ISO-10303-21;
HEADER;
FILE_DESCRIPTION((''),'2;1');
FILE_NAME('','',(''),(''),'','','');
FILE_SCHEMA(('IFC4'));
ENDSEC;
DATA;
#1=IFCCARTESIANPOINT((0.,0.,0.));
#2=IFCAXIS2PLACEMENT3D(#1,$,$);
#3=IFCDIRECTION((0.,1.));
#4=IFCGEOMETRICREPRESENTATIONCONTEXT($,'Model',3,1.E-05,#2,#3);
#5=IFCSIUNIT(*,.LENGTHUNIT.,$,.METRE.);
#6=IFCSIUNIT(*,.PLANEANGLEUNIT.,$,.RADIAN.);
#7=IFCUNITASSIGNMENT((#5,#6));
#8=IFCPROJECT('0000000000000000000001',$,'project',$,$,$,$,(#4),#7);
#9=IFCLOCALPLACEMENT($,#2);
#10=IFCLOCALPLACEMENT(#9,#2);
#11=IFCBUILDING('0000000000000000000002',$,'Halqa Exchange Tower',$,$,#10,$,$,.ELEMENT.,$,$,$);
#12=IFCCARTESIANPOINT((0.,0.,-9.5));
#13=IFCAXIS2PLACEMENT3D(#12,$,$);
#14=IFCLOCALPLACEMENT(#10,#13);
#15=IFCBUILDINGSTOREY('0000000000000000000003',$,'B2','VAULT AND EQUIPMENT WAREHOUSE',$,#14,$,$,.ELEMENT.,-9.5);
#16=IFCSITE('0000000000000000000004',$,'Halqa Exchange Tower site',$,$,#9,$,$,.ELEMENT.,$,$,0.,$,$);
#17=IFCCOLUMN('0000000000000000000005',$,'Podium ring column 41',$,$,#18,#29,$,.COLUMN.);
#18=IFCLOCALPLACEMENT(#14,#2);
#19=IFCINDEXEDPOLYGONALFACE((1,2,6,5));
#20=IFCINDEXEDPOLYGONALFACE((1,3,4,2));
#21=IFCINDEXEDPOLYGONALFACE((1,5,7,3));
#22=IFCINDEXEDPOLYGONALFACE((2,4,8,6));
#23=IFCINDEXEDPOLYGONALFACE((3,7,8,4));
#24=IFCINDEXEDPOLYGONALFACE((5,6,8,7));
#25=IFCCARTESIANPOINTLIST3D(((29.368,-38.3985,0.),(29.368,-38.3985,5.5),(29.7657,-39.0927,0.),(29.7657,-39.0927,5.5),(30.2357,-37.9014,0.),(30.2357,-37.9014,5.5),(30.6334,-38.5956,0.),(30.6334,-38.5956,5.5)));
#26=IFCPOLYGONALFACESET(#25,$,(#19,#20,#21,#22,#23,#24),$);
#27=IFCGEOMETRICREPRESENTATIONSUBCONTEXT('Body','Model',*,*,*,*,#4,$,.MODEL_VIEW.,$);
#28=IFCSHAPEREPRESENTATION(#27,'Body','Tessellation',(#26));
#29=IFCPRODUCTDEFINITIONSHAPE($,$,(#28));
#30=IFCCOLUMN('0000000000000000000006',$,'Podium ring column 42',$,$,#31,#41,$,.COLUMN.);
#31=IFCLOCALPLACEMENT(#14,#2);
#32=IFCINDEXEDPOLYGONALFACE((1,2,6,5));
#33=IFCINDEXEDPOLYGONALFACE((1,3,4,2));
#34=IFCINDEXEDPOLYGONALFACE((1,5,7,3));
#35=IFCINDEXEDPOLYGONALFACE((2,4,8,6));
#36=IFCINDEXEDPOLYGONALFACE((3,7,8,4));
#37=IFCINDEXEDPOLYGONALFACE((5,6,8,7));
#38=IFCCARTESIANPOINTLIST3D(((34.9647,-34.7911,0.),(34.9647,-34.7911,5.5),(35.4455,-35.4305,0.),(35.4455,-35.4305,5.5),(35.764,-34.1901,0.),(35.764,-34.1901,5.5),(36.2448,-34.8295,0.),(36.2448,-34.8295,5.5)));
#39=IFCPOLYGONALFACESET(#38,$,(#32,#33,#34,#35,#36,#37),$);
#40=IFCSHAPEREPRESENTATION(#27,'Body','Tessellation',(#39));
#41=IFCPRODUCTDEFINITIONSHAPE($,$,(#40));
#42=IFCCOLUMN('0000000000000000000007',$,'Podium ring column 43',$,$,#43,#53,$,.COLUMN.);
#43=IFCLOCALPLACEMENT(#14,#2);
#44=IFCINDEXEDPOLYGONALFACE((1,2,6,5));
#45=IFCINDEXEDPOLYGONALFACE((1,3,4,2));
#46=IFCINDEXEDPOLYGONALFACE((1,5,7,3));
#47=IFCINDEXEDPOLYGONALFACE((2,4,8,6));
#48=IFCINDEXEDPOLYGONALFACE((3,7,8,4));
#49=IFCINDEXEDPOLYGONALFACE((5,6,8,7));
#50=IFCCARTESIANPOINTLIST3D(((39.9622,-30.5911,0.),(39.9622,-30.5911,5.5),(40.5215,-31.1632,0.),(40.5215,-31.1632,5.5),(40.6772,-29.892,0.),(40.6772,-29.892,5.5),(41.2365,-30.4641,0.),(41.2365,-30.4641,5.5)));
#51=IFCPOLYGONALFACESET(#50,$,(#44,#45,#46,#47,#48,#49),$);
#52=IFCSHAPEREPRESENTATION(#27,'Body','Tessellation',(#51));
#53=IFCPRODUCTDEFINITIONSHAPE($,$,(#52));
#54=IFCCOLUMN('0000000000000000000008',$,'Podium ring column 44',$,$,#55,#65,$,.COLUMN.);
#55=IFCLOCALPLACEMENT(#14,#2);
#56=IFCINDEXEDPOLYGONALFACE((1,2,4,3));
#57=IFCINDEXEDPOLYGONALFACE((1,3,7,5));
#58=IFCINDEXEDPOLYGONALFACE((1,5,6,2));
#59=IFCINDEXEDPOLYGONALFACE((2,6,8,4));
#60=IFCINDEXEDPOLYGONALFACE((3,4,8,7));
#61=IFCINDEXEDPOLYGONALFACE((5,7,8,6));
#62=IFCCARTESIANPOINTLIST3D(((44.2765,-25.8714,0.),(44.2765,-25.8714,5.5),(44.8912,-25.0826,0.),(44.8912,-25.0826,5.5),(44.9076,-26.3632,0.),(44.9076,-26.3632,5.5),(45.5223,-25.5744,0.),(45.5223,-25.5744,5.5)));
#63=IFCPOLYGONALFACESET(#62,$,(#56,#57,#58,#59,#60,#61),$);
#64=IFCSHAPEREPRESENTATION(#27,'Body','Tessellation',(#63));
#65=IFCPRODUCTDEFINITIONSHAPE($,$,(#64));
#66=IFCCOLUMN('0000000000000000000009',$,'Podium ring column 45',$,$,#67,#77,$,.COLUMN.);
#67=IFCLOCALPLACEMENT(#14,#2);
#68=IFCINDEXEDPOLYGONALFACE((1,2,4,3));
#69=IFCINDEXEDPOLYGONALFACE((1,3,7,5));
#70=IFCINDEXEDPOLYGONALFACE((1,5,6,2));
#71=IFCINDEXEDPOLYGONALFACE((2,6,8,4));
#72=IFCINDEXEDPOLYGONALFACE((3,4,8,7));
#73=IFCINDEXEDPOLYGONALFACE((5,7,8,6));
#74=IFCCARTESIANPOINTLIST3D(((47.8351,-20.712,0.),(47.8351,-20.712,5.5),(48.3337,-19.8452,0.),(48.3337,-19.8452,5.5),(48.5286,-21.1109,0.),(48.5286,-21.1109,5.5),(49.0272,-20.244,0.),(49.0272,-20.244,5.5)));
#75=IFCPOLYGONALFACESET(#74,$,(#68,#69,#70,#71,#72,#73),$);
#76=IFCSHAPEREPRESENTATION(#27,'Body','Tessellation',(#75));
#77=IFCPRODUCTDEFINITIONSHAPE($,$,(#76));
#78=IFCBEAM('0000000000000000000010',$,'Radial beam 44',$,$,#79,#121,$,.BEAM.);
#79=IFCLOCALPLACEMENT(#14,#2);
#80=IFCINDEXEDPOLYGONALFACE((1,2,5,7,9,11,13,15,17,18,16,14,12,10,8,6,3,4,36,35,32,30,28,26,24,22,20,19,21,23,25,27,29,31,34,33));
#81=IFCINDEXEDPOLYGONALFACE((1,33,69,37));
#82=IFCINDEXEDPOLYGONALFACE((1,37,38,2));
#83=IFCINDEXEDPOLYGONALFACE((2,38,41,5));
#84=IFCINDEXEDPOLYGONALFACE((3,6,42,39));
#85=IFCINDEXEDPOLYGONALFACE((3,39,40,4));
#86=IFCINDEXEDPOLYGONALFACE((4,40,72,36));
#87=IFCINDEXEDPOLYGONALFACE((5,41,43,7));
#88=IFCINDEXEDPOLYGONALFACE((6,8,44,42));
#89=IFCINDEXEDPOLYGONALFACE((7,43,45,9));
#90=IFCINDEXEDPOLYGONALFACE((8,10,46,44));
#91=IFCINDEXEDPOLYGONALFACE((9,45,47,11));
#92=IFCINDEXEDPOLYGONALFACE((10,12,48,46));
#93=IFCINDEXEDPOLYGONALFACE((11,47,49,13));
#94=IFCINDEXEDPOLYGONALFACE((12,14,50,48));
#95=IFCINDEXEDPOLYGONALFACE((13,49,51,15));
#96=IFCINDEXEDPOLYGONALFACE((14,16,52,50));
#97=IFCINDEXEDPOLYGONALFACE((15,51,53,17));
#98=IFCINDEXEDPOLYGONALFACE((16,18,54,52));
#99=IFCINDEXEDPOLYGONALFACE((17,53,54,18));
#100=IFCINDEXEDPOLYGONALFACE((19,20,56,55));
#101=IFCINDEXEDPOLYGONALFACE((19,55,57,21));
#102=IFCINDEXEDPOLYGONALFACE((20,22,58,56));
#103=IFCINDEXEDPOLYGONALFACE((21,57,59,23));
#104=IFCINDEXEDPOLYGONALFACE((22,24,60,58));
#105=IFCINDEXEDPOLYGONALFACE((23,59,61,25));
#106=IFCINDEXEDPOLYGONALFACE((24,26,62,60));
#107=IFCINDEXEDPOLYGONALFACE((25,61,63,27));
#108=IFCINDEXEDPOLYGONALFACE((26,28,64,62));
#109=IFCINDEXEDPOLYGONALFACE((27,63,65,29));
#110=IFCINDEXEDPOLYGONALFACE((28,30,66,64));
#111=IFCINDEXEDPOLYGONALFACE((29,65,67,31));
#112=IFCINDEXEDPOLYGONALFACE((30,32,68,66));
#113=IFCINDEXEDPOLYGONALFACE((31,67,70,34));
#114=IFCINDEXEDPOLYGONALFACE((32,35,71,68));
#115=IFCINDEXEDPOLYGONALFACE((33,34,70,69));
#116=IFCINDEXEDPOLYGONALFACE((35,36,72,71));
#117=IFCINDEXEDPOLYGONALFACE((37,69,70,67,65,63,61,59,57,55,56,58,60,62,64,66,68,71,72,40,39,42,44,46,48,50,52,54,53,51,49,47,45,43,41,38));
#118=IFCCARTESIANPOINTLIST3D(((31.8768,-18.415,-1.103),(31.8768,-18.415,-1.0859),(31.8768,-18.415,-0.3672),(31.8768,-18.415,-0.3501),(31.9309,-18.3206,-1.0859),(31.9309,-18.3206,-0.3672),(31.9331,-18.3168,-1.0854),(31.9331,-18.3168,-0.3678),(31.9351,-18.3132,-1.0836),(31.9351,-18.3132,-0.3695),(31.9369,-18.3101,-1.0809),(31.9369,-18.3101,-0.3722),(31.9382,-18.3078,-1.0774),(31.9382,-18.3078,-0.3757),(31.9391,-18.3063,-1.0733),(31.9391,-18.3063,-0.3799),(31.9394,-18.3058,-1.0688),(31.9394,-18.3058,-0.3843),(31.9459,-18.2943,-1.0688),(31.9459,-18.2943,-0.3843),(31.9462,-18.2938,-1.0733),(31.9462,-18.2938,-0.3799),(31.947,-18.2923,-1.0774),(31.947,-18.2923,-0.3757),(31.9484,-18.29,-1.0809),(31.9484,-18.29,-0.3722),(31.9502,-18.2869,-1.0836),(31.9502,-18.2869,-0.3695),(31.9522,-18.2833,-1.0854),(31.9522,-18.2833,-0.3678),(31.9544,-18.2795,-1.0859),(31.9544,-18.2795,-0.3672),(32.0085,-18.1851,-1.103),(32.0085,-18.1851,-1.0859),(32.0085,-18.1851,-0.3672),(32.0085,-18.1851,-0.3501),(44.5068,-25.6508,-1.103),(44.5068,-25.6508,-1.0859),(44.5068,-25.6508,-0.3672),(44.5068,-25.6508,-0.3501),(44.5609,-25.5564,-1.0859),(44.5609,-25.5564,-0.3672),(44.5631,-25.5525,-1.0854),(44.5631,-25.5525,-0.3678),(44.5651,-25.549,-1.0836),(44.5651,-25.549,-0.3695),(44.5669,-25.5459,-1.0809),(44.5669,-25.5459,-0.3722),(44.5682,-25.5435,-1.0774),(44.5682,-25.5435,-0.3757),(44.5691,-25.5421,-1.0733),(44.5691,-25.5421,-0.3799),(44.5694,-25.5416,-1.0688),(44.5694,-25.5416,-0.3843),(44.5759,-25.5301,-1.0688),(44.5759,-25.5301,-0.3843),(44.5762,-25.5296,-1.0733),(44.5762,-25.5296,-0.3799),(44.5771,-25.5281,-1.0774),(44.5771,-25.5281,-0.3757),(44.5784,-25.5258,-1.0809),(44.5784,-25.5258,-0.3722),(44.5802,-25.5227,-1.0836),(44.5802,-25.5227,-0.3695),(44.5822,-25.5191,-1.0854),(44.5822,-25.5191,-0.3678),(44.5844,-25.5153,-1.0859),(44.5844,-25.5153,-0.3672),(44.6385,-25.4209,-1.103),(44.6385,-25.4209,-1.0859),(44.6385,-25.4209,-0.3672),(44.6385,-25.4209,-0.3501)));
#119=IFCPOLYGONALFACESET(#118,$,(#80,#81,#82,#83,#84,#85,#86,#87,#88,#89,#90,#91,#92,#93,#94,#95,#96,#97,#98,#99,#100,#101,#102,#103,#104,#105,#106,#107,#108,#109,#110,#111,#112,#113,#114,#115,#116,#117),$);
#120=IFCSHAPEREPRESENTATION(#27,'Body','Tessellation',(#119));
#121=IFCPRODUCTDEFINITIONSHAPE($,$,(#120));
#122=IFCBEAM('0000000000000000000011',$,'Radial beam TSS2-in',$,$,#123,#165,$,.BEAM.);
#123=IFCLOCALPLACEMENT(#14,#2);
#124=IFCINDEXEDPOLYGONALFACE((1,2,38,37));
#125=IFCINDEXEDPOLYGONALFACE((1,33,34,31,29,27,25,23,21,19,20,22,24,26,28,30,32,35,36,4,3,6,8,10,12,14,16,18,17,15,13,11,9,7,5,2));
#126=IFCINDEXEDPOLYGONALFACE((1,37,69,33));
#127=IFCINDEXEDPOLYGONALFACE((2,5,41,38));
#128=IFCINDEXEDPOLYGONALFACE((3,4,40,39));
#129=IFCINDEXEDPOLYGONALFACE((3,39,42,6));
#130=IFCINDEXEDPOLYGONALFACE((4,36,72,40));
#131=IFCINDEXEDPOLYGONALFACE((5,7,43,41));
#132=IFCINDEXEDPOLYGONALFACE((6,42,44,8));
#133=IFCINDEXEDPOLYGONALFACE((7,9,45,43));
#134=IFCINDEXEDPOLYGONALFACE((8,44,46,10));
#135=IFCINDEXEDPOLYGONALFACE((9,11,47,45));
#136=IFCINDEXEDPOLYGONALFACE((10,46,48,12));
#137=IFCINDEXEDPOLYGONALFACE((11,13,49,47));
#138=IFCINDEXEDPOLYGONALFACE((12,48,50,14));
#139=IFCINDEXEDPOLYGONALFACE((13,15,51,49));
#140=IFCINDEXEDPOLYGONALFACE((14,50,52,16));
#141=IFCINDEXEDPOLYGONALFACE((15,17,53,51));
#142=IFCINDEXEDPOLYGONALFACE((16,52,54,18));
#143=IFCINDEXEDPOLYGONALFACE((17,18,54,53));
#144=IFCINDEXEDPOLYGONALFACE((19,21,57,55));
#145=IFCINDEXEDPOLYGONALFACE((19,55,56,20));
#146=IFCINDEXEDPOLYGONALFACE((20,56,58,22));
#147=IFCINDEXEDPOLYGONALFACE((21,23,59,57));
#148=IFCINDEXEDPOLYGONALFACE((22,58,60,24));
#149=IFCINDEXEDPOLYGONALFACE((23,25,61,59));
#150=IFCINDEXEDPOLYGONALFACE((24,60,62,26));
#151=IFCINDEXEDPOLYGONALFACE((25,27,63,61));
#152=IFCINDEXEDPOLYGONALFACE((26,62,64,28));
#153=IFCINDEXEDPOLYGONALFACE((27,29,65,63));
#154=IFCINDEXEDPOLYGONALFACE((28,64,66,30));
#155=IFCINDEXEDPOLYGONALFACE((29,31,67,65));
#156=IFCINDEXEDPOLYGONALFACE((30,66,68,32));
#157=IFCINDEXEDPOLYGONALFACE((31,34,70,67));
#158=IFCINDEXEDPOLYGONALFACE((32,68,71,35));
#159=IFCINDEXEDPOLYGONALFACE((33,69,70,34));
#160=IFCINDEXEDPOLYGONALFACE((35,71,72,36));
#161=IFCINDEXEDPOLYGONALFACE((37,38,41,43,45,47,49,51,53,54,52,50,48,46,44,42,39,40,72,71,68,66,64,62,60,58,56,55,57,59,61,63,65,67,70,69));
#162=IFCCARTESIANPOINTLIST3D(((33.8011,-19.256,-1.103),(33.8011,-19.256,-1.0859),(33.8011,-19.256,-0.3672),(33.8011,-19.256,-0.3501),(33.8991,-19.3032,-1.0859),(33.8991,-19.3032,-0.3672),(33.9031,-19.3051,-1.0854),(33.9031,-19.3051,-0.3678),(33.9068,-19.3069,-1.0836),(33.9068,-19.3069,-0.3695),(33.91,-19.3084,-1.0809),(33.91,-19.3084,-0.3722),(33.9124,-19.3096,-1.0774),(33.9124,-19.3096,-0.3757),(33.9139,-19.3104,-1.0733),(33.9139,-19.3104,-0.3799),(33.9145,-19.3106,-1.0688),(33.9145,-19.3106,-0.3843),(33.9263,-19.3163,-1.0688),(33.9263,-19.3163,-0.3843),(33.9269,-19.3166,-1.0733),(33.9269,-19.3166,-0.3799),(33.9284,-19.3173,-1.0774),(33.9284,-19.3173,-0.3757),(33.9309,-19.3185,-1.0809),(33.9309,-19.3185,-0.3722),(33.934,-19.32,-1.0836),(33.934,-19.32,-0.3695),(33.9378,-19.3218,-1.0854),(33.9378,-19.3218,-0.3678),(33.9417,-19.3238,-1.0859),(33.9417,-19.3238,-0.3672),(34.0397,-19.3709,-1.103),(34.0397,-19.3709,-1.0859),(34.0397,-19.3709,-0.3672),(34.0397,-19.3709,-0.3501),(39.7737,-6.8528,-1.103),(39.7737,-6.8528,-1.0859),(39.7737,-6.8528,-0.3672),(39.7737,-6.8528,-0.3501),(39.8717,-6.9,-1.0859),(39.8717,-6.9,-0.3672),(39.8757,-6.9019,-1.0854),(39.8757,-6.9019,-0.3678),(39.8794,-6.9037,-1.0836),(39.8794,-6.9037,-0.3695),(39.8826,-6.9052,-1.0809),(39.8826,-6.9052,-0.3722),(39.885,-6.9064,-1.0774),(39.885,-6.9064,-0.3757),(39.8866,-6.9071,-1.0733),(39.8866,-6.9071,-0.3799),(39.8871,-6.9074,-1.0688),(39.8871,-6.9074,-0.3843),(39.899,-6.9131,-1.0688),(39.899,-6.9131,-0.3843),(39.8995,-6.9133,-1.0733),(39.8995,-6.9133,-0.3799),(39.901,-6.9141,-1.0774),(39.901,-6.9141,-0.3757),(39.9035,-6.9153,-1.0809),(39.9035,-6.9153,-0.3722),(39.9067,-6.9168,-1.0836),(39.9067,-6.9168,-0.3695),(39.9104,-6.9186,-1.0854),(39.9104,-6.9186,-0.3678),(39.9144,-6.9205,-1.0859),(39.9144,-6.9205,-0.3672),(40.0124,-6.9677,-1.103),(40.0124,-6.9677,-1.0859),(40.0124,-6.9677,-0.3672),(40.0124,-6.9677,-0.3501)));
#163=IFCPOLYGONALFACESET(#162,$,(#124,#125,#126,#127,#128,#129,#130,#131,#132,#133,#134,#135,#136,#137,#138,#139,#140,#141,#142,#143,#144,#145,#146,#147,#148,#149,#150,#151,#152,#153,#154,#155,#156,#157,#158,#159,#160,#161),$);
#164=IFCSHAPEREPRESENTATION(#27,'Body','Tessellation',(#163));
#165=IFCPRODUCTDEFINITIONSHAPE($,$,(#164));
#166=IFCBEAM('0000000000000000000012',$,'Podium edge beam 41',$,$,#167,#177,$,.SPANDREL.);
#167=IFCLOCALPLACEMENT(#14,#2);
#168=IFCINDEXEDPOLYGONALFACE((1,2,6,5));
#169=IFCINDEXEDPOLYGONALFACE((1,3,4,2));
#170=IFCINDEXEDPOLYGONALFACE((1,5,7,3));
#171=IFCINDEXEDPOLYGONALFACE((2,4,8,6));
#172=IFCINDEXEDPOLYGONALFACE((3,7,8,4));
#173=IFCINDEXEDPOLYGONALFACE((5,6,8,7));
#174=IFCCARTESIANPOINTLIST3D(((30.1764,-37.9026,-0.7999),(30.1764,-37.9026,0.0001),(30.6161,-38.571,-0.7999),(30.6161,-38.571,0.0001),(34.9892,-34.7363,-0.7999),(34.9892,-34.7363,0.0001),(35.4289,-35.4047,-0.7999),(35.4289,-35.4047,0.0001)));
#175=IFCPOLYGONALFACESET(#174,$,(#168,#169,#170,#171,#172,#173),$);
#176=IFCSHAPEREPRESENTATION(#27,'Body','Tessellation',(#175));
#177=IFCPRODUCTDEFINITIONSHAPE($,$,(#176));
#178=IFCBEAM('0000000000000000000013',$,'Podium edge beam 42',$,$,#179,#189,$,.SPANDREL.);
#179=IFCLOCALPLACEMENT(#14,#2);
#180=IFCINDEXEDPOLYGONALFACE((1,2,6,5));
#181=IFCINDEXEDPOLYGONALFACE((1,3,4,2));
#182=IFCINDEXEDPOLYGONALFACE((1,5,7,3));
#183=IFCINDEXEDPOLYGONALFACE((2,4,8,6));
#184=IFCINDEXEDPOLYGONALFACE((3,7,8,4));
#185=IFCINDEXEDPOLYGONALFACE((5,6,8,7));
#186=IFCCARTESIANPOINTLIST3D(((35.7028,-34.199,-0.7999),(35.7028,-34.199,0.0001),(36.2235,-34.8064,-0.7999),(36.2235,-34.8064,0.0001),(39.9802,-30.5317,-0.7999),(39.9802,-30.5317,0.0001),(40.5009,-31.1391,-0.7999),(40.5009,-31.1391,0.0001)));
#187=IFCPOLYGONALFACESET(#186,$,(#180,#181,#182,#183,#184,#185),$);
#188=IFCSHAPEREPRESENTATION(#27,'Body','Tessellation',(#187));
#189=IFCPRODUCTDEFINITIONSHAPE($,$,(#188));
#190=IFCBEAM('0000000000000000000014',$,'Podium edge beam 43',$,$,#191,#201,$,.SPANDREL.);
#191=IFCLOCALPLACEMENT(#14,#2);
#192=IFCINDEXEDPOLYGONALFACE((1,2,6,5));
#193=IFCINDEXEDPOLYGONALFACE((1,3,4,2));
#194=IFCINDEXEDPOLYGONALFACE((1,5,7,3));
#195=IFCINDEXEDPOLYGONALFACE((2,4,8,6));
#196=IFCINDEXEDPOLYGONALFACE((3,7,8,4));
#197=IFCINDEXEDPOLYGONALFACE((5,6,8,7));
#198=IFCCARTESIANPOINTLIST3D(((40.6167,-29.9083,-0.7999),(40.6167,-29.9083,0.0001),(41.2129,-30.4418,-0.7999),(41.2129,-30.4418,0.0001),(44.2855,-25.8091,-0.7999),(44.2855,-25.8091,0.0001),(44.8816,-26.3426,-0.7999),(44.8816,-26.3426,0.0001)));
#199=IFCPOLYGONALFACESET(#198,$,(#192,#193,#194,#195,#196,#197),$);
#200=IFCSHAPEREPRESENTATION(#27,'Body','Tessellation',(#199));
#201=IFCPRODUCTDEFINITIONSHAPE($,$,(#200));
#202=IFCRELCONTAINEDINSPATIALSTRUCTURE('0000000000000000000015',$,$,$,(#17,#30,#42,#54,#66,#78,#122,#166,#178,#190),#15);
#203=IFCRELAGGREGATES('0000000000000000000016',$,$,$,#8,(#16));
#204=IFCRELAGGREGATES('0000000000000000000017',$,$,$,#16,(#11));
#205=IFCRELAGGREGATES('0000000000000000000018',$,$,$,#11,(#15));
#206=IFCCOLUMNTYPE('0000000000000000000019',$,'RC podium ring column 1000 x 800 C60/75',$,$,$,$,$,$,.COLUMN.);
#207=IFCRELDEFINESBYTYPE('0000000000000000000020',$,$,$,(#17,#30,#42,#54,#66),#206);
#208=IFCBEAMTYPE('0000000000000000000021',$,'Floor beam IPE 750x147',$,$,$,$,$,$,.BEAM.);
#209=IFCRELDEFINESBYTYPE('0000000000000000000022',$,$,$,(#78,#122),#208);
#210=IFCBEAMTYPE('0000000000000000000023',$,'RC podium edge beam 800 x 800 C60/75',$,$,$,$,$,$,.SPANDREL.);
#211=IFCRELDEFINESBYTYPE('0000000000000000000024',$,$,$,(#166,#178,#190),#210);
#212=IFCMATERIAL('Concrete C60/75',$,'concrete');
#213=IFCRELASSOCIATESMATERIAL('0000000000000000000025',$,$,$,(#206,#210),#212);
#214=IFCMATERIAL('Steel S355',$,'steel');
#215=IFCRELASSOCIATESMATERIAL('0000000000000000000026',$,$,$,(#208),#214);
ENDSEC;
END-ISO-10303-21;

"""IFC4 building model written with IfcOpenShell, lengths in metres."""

from ifc_helpers import new_model, si_unit, direction, frame, origin, origin_2d, place, context, subcontext, project, spatial, rectangle, i_section, extrude, material, material_profile, profile_set, type_object, element, save


model = new_model("IFC4")

# Units and contexts
model_context = context("Model", 3, precision=1e-05, world=origin(), true_north=direction((0.0, 1.0)))
body_context = subcontext(model_context, "Body", "Model", "MODEL_VIEW")
ifc_project = project(units=[si_unit("LENGTHUNIT", "METRE"), si_unit("PLANEANGLEUNIT", "RADIAN")], contexts=[model_context])

# Site, building, storey
site_placement = place(None, origin())
site = spatial("IfcSite", under=ifc_project, at=site_placement, Name="Halqa Exchange Tower site", CompositionType="ELEMENT", RefElevation=0.0)
building_placement = place(site_placement, origin())
building = spatial("IfcBuilding", under=site, at=building_placement, Name="Halqa Exchange Tower", CompositionType="ELEMENT")
storey_placement = place(building_placement, frame((0.0, 0.0, -9.5)))
storey = spatial("IfcBuildingStorey", under=building, at=storey_placement, Name="B2", Description="VAULT AND EQUIPMENT WAREHOUSE", CompositionType="ELEMENT", Elevation=-9.5)

# Columns
ifc_material_1 = material(Name="Concrete C60/75", Category="concrete")
ifc_material_profile_1 = material_profile(ifc_material_1, rectangle(XDim=1.0, YDim=0.8, at=origin_2d()), Name="1000 x 800")
ifc_profile_set_1 = profile_set([ifc_material_profile_1], Name="Concrete C60/75")
column_type = type_object("IfcColumnType", Name="RC podium ring column 1000 x 800 C60/75", PredefinedType="COLUMN", material=ifc_profile_set_1)
for number, where, z_axis, x_axis, name in (
    (1, (30.0007, -38.4971, 0.0), (0.0, 0.0, 1.0), (0.867693, 0.4971, 0.0), "Podium ring column 41"),
    (2, (35.6047, -34.8103, 0.0), (0.0, 0.0, 1.0), (0.79926, 0.600985, 0.0), "Podium ring column 42"),
    (3, (40.5994, -30.5276, 0.0), (0.0, 0.0, 1.0), (0.715039, 0.699085, 0.0), "Podium ring column 43"),
    (4, (44.8994, -25.7229, 0.0), (0.0, 0.0, 1.0), (0.614691, 0.788768, 0.0), "Podium ring column 44"),
    (5, (48.4312, -20.478, 0.0), (0.0, 0.0, 1.0), (0.498569, 0.86685, 0.0), "Podium ring column 45"),
):
    element("IfcColumn", number, at=place(storey_placement, frame(where, z_axis=z_axis, x_axis=x_axis)), inside=storey, type_object=column_type, Name=name, PredefinedType="COLUMN", context=body_context, shape_type="SweptSolid", body=[
        extrude(rectangle(XDim=1.0, YDim=0.8, at=origin_2d()), origin(), (0.0, 0.0, 1.0), 5.5),
    ])

# Beams
ifc_material_2 = material(Name="Steel S355", Category="steel")
ifc_material_profile_2 = material_profile(ifc_material_2, i_section(OverallWidth=0.2649, OverallDepth=0.7529, WebThickness=0.0132, FlangeThickness=0.0171, FilletRadius=0.0171, at=origin_2d()), Name="IPE 750x147")
ifc_profile_set_2 = profile_set([ifc_material_profile_2], Name="Steel S355")
beam_type_1 = type_object("IfcBeamType", Name="Floor beam IPE 750x147", PredefinedType="BEAM", material=ifc_profile_set_2)
beam_1_placement = place(storey_placement, frame((31.9426, -18.3, -0.7266), z_axis=(0.867691, -0.497103, 0.0), x_axis=(0.497103, 0.867691, 0.0)))
element("IfcBeam", 6, at=beam_1_placement, inside=storey, type_object=beam_type_1, Name="Radial beam 44", PredefinedType="BEAM", context=body_context, shape_type="SweptSolid", body=[
    extrude(i_section(OverallWidth=0.2649, OverallDepth=0.7529, WebThickness=0.0132, FlangeThickness=0.0171, FilletRadius=0.0171, at=origin_2d()), origin(), (0.0, 0.0, 1.0), 14.5559),
])
beam_2_placement = place(storey_placement, frame((33.9204, -19.3135, -0.7266), z_axis=(0.433856, 0.900982, 0.0), x_axis=(-0.900982, 0.433856, 0.0)))
element("IfcBeam", 7, at=beam_2_placement, inside=storey, type_object=beam_type_1, Name="Radial beam TSS2-in", PredefinedType="BEAM", context=body_context, shape_type="SweptSolid", body=[
    extrude(i_section(OverallWidth=0.2649, OverallDepth=0.7529, WebThickness=0.0132, FlangeThickness=0.0171, FilletRadius=0.0171, at=origin_2d()), origin(), (0.0, 0.0, 1.0), 13.7664),
])
ifc_material_profile_3 = material_profile(ifc_material_1, rectangle(XDim=0.8, YDim=0.8, at=origin_2d()), Name="800 x 800")
ifc_profile_set_3 = profile_set([ifc_material_profile_3], Name="Concrete C60/75")
beam_type_2 = type_object("IfcBeamType", Name="RC podium edge beam 800 x 800 C60/75", PredefinedType="SPANDREL", material=ifc_profile_set_3)
beam_3_placement = place(storey_placement, frame((30.3962, -38.2368, -0.3999), z_axis=(0.835419, 0.549614, 0.0), x_axis=(-0.549614, 0.835419, 0.0)))
element("IfcBeam", 8, at=beam_3_placement, inside=storey, type_object=beam_type_2, Name="Podium edge beam 41", PredefinedType="SPANDREL", context=body_context, shape_type="SweptSolid", body=[
    extrude(rectangle(XDim=0.8, YDim=0.8, at=origin_2d()), origin(), (0.0, 0.0, 1.0), 5.761),
])
beam_4_placement = place(storey_placement, frame((35.9631, -34.5027, -0.3999), z_axis=(0.759174, 0.650888, 0.0), x_axis=(-0.650888, 0.759174, 0.0)))
element("IfcBeam", 9, at=beam_4_placement, inside=storey, type_object=beam_type_2, Name="Podium edge beam 42", PredefinedType="SPANDREL", context=body_context, shape_type="SweptSolid", body=[
    extrude(rectangle(XDim=0.8, YDim=0.8, at=origin_2d()), origin(), (0.0, 0.0, 1.0), 5.6343),
])
beam_5_placement = place(storey_placement, frame((40.9148, -30.175, -0.3999), z_axis=(0.666903, 0.745145, 0.0), x_axis=(-0.745145, 0.666903, 0.0)))
element("IfcBeam", 10, at=beam_5_placement, inside=storey, type_object=beam_type_2, Name="Podium edge beam 43", PredefinedType="SPANDREL", context=body_context, shape_type="SweptSolid", body=[
    extrude(rectangle(XDim=0.8, YDim=0.8, at=origin_2d()), origin(), (0.0, 0.0, 1.0), 5.5012),
])

save(model, "model.ifc")
